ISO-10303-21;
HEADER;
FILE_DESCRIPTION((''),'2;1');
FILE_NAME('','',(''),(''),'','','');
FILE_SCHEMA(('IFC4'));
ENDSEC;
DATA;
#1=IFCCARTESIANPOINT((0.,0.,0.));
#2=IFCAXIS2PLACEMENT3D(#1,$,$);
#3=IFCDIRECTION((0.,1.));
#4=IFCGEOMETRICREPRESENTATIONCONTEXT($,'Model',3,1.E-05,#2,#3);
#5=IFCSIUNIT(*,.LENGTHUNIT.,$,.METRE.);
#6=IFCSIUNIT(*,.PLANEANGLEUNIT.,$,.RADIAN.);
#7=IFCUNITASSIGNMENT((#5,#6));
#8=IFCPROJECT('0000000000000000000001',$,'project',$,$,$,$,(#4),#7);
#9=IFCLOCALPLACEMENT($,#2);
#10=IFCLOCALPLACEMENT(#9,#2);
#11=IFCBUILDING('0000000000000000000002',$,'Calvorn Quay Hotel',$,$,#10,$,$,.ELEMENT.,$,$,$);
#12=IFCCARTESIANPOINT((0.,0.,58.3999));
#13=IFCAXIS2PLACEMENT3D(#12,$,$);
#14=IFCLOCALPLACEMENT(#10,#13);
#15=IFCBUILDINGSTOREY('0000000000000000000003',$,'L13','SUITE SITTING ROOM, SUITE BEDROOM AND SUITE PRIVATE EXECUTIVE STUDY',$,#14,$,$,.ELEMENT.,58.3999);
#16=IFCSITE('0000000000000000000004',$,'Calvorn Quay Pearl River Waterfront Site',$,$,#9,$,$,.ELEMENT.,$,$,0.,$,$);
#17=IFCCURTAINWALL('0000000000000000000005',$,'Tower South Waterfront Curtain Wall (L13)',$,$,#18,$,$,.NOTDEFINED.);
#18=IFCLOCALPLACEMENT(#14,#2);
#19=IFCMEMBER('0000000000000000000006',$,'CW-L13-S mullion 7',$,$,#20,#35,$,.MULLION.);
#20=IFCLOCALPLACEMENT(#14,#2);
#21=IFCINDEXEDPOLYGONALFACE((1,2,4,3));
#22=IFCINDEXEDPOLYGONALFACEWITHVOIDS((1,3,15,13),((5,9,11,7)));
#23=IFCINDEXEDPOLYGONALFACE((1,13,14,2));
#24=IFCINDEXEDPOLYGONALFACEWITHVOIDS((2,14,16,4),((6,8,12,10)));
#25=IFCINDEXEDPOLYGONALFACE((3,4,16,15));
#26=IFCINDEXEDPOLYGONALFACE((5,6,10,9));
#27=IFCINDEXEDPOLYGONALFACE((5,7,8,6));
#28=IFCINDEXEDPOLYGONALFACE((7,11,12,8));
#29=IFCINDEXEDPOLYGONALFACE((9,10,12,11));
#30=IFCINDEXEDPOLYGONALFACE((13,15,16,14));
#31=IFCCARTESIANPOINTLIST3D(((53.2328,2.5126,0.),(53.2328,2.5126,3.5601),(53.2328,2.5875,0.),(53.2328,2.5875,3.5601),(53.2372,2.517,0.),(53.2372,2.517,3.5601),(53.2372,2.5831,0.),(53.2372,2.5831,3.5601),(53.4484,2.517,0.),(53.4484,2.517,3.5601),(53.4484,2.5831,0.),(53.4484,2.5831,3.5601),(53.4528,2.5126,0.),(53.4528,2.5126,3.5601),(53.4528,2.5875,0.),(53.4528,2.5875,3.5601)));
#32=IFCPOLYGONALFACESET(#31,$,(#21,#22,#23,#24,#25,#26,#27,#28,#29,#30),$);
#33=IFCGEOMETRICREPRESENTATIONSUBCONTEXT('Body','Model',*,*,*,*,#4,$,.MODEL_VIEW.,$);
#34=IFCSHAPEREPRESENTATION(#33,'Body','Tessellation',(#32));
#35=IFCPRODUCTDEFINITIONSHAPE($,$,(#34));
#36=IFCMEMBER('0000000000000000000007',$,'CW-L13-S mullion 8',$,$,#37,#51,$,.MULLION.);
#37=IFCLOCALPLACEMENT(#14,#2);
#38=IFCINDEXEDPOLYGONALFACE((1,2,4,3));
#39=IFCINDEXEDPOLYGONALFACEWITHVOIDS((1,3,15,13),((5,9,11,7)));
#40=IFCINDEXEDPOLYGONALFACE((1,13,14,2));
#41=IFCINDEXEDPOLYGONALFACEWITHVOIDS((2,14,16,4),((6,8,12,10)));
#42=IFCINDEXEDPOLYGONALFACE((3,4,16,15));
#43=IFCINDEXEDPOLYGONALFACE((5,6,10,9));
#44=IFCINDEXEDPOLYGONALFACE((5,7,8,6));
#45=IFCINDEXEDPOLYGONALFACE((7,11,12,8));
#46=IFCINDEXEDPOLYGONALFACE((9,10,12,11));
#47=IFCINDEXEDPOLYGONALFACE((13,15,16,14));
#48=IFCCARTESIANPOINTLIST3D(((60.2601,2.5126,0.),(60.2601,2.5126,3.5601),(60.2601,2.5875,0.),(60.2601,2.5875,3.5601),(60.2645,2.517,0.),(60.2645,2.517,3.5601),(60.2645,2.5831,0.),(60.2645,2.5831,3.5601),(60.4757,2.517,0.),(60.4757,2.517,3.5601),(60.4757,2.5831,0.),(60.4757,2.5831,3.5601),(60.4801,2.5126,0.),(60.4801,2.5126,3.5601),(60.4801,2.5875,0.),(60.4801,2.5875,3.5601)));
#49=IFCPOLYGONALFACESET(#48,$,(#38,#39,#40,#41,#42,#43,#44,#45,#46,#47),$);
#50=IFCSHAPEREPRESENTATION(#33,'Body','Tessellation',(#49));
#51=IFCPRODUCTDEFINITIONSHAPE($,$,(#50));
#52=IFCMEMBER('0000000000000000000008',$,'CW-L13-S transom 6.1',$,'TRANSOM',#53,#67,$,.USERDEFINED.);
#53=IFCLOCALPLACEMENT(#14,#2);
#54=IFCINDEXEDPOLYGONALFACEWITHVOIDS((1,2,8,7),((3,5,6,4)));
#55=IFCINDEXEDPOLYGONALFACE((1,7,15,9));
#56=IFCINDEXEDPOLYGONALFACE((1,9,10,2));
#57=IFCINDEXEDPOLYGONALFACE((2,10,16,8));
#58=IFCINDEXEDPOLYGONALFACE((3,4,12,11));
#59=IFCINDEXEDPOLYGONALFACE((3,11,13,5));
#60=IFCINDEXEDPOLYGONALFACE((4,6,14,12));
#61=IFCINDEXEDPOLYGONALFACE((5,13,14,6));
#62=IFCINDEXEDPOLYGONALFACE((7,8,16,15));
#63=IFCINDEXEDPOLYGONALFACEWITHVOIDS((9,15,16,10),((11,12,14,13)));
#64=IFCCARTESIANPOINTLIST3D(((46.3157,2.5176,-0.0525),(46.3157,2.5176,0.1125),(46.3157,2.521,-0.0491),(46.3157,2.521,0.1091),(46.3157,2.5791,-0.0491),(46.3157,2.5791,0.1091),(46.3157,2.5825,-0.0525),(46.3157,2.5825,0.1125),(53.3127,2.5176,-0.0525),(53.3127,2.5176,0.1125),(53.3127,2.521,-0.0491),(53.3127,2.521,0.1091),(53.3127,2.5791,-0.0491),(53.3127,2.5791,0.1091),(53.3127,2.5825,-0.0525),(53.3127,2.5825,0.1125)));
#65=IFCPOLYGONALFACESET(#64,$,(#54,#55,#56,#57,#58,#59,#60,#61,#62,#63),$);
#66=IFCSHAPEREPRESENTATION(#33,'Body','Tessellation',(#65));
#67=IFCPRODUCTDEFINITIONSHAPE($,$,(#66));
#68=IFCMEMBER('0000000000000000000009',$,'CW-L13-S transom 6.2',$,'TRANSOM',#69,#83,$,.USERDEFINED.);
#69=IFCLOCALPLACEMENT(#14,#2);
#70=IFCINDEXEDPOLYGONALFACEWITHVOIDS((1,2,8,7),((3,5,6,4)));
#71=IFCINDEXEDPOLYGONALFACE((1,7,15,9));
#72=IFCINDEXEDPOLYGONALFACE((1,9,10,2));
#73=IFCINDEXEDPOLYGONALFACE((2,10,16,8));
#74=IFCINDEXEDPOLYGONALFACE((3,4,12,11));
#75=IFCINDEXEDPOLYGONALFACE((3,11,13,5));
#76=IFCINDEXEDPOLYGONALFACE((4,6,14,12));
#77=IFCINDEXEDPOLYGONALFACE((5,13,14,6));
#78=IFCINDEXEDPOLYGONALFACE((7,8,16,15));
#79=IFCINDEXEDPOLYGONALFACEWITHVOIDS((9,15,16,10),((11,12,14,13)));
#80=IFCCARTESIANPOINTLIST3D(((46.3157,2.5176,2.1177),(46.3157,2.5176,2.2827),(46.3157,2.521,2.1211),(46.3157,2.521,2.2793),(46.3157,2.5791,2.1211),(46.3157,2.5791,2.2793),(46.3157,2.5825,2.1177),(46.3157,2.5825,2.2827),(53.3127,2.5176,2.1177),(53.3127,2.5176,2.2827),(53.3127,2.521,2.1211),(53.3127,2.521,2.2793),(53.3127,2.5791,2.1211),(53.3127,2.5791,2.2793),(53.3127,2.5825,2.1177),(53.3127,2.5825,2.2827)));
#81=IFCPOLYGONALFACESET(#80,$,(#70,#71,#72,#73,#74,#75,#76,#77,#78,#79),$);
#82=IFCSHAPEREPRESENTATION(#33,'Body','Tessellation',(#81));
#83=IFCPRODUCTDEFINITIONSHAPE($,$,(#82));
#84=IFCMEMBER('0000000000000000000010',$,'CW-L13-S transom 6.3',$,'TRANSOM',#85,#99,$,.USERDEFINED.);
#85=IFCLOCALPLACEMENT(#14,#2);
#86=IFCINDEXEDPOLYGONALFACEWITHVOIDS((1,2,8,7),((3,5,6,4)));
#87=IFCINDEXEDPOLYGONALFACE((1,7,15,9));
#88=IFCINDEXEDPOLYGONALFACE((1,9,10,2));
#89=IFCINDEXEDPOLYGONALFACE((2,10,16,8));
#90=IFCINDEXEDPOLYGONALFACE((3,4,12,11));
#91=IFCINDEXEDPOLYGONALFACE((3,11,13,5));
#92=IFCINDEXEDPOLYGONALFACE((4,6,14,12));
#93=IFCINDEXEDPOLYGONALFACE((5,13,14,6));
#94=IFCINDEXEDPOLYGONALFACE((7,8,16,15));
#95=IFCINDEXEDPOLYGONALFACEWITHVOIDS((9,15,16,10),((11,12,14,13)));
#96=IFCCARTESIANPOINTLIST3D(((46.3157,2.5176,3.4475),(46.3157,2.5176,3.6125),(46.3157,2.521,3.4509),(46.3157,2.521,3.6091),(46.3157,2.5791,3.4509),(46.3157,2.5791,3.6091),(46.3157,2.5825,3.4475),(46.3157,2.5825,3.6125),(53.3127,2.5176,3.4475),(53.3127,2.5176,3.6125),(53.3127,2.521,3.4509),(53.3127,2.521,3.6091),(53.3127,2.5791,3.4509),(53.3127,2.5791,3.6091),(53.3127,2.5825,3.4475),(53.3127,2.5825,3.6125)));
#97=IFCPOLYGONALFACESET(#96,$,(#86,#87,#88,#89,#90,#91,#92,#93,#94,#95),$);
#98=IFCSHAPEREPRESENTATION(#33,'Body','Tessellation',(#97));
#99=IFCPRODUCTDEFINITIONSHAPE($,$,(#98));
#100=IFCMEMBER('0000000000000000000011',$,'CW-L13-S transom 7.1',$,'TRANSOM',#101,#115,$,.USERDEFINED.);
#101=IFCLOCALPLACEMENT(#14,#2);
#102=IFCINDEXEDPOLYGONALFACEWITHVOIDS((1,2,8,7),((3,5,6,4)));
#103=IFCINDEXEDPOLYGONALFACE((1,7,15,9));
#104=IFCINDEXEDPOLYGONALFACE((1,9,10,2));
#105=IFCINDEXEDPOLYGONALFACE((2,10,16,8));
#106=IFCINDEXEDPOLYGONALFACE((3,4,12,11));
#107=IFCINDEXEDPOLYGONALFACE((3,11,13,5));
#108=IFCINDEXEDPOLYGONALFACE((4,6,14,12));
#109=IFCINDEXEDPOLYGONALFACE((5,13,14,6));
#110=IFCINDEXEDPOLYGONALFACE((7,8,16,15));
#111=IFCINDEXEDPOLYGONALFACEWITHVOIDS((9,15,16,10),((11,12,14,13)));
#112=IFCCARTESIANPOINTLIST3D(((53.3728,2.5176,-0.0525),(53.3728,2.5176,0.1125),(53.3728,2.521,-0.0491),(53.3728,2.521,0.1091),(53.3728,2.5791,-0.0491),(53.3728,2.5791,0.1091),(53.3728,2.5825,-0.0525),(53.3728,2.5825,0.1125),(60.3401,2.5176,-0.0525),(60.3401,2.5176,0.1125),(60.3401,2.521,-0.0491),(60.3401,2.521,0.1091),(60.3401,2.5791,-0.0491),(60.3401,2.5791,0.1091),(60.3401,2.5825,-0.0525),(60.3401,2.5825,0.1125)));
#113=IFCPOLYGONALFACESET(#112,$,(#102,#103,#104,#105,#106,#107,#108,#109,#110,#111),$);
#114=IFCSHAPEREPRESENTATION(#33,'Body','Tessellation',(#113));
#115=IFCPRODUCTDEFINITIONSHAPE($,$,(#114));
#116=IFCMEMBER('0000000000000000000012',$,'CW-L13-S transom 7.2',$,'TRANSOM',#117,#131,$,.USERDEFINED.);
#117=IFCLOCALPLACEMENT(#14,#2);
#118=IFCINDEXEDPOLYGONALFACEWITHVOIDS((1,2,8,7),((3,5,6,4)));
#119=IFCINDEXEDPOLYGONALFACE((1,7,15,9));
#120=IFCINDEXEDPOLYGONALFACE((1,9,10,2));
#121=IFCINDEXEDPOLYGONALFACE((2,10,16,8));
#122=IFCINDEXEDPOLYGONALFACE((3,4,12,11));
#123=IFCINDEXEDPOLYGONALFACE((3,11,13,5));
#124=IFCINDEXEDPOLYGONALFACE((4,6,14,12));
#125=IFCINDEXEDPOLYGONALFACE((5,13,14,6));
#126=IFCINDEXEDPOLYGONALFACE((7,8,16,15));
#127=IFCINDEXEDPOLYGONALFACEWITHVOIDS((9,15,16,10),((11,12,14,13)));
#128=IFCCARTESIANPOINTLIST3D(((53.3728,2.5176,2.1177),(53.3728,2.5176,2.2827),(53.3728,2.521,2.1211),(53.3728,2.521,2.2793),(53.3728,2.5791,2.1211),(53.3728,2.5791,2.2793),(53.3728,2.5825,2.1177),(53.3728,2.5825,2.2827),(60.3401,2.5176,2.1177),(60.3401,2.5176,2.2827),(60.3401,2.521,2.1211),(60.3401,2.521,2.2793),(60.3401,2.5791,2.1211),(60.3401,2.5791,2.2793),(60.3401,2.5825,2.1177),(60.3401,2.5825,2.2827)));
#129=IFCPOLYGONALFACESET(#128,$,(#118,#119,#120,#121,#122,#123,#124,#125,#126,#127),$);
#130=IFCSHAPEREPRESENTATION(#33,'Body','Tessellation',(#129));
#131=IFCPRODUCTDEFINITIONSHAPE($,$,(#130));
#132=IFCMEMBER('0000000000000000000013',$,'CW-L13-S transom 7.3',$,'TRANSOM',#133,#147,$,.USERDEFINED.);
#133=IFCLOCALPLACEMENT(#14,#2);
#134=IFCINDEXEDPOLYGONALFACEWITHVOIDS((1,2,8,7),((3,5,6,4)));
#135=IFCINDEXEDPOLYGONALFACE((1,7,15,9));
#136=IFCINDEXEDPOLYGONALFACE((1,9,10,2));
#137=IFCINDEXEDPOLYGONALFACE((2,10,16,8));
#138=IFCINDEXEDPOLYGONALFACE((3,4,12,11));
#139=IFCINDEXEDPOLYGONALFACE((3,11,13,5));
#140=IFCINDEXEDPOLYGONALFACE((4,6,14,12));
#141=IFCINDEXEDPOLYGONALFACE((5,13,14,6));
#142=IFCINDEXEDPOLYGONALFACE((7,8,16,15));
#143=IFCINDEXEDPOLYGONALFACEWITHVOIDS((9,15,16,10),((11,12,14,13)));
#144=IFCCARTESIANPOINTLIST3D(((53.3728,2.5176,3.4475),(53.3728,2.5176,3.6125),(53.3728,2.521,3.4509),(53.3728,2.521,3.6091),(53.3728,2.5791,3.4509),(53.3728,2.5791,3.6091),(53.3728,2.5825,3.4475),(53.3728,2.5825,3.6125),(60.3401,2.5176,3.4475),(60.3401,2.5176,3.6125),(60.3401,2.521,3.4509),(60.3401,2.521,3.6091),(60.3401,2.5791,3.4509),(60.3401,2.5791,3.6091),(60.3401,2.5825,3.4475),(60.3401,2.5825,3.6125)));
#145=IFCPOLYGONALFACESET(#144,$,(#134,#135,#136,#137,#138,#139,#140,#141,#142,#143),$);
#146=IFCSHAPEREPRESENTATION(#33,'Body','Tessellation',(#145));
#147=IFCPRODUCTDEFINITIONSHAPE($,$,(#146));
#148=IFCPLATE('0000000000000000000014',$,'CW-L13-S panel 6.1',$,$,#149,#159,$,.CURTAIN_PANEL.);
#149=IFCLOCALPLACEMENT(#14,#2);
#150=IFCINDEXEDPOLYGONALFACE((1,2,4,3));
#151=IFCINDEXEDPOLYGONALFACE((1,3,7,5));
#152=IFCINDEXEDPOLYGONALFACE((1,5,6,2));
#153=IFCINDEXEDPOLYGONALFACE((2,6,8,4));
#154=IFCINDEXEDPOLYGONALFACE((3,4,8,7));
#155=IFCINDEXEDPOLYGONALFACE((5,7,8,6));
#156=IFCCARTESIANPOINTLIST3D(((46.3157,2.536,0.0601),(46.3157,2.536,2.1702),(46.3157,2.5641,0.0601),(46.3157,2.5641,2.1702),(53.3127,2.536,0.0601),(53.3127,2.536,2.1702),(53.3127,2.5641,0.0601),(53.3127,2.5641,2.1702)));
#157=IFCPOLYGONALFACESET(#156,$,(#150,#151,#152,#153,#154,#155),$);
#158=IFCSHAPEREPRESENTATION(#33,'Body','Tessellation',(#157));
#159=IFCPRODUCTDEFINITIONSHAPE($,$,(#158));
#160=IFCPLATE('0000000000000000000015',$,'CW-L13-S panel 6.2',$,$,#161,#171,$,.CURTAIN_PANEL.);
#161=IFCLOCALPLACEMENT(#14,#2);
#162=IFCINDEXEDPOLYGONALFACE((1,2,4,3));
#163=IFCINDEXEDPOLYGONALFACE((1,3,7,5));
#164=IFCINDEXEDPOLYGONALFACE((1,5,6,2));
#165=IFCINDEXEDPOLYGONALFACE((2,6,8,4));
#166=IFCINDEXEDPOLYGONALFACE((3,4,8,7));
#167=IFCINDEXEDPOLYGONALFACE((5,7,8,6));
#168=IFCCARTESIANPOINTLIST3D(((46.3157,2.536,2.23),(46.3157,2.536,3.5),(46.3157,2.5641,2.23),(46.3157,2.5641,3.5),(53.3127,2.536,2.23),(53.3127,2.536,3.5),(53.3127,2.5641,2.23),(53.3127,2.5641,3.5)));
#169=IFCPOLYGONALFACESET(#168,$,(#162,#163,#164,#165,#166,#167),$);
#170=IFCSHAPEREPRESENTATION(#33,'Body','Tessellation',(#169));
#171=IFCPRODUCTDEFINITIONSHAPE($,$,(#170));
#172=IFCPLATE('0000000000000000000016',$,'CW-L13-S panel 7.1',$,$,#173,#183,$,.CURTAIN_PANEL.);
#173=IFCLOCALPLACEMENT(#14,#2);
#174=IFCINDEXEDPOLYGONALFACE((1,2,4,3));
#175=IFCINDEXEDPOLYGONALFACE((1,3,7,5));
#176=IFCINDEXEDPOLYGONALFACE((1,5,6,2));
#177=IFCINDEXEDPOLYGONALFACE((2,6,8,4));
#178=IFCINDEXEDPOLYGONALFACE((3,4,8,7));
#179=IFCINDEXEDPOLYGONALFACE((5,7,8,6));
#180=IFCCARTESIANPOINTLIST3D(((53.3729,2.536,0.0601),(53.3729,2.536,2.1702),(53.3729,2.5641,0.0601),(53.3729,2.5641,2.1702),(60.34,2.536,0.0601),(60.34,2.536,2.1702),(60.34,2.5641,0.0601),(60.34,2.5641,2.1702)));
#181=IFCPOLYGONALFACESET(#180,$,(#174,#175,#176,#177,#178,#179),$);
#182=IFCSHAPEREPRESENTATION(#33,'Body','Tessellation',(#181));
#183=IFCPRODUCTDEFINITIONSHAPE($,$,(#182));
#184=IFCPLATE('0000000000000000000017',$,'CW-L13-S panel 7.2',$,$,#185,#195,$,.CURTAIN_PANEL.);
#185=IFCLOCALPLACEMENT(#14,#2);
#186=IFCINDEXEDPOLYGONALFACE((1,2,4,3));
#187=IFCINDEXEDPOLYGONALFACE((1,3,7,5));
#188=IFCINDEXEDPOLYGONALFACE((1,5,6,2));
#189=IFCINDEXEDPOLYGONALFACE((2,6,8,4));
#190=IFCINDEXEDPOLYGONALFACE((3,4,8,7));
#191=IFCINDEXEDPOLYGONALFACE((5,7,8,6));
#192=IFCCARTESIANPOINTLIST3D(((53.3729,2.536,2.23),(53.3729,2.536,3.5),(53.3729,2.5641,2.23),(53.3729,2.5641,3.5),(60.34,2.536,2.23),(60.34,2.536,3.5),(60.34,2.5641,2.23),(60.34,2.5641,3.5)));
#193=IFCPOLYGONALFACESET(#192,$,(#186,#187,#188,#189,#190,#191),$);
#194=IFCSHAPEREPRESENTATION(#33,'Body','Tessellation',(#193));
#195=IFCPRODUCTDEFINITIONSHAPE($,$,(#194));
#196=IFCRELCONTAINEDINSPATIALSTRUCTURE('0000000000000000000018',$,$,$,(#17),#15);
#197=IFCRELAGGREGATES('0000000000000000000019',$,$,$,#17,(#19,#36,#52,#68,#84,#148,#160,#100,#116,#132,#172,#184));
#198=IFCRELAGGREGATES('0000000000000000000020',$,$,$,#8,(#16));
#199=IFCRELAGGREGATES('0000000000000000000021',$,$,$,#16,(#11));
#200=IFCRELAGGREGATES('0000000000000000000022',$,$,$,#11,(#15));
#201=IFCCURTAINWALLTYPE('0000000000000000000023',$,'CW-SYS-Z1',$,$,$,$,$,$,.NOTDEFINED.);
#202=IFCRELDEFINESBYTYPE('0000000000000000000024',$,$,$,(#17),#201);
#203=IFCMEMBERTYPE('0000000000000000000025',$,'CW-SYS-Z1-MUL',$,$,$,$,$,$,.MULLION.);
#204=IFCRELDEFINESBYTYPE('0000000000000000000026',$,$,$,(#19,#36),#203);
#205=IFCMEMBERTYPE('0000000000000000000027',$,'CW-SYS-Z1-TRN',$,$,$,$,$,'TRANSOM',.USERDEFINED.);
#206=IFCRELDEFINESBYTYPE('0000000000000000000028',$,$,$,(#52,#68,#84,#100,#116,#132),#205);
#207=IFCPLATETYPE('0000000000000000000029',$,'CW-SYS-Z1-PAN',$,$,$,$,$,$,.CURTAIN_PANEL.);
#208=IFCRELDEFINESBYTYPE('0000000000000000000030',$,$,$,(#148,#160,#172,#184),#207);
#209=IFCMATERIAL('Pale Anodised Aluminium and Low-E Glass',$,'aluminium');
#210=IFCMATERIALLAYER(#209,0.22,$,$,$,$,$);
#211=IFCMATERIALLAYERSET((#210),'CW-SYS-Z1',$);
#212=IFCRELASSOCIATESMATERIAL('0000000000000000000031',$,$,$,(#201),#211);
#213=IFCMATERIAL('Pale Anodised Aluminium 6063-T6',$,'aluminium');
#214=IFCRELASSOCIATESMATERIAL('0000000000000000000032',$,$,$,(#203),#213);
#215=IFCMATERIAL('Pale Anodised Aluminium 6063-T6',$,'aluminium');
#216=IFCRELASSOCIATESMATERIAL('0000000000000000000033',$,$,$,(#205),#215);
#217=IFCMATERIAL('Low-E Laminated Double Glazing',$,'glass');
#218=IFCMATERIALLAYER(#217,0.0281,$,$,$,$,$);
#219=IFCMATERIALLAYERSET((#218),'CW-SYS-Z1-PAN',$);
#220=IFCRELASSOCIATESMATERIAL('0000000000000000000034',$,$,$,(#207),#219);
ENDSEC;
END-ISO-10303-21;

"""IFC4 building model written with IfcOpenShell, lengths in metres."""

from ifc_helpers import new_model, si_unit, direction, frame, origin, origin_2d, place, context, subcontext, project, spatial, rectangle, hollow_rectangle, extrude, material, layer, layer_set, material_profile, profile_set, type_object, element, aggregate, save


model = new_model("IFC4")

# Units and contexts
model_context = context("Model", 3, precision=1e-05, world=origin(), true_north=direction((0.0, 1.0)))
body_context = subcontext(model_context, "Body", "Model", "MODEL_VIEW")
ifc_project = project(units=[si_unit("LENGTHUNIT", "METRE"), si_unit("PLANEANGLEUNIT", "RADIAN")], contexts=[model_context])

# Site, building, storey
site_placement = place(None, origin())
site = spatial("IfcSite", under=ifc_project, at=site_placement, Name="Calvorn Quay Pearl River Waterfront Site", CompositionType="ELEMENT", RefElevation=0.0)
building_placement = place(site_placement, origin())
building = spatial("IfcBuilding", under=site, at=building_placement, Name="Calvorn Quay Hotel", CompositionType="ELEMENT")
storey_placement = place(building_placement, frame((0.0, 0.0, 58.3999)))
storey = spatial("IfcBuildingStorey", under=building, at=storey_placement, Name="L13", Description="SUITE SITTING ROOM, SUITE BEDROOM AND SUITE PRIVATE EXECUTIVE STUDY", CompositionType="ELEMENT", Elevation=58.3999)

# Curtain wall, members, plates
ifc_material_1 = material(Name="Pale Anodised Aluminium and Low-E Glass", Category="aluminium")
ifc_layer_1 = layer(ifc_material_1, 0.22)
ifc_layer_set_1 = layer_set([ifc_layer_1], Name="CW-SYS-Z1")
curtain_wall_type = type_object("IfcCurtainWallType", Name="CW-SYS-Z1", PredefinedType="NOTDEFINED", material=ifc_layer_set_1)
curtain_wall_placement = place(storey_placement, origin())
curtain_wall = element("IfcCurtainWall", 1, at=curtain_wall_placement, inside=storey, type_object=curtain_wall_type, Name="Tower South Waterfront Curtain Wall (L13)", PredefinedType="NOTDEFINED")
ifc_material_2 = material(Name="Pale Anodised Aluminium 6063-T6", Category="aluminium")
ifc_material_profile_1 = material_profile(ifc_material_2, hollow_rectangle(XDim=0.075, YDim=0.22, WallThickness=0.0044, at=origin_2d()), Name="ALU-M220x75x4.5")
ifc_profile_set_1 = profile_set([ifc_material_profile_1], Name="Pale Anodised Aluminium 6063-T6")
member_type_1 = type_object("IfcMemberType", Name="CW-SYS-Z1-MUL", PredefinedType="MULLION", material=ifc_profile_set_1)
member_1_placement = place(storey_placement, frame((53.3428, 2.55, 0.0), z_axis=(0.0, 0.0, 1.0), x_axis=(0.0, 1.0, 0.0)))
member_1 = element("IfcMember", 2, at=member_1_placement, type_object=member_type_1, Name="CW-L13-S mullion 7", PredefinedType="MULLION", context=body_context, shape_type="SweptSolid", body=[
    extrude(hollow_rectangle(XDim=0.075, YDim=0.22, WallThickness=0.0044, at=origin_2d()), origin(), (0.0, 0.0, 1.0), 3.5601),
])
member_2_placement = place(storey_placement, frame((60.3701, 2.55, 0.0), z_axis=(0.0, 0.0, 1.0), x_axis=(0.0, 1.0, 0.0)))
member_2 = element("IfcMember", 3, at=member_2_placement, type_object=member_type_1, Name="CW-L13-S mullion 8", PredefinedType="MULLION", context=body_context, shape_type="SweptSolid", body=[
    extrude(hollow_rectangle(XDim=0.075, YDim=0.22, WallThickness=0.0044, at=origin_2d()), origin(), (0.0, 0.0, 1.0), 3.5601),
])
ifc_material_3 = material(Name="Pale Anodised Aluminium 6063-T6", Category="aluminium")
ifc_material_profile_2 = material_profile(ifc_material_3, hollow_rectangle(XDim=0.0649, YDim=0.165, WallThickness=0.0034, at=origin_2d()), Name="ALU-T165x65x3.5")
ifc_profile_set_2 = profile_set([ifc_material_profile_2], Name="Pale Anodised Aluminium 6063-T6")
member_type_2 = type_object("IfcMemberType", Name="CW-SYS-Z1-TRN", ElementType="TRANSOM", PredefinedType="USERDEFINED", material=ifc_profile_set_2)
member_3_placement = place(storey_placement, frame((46.3157, 2.55, 0.03), z_axis=(1.0, 0.0, 0.0), x_axis=(0.0, 1.0, 0.0)))
member_3 = element("IfcMember", 4, at=member_3_placement, type_object=member_type_2, Name="CW-L13-S transom 6.1", ObjectType="TRANSOM", PredefinedType="USERDEFINED", context=body_context, shape_type="SweptSolid", body=[
    extrude(hollow_rectangle(XDim=0.0649, YDim=0.165, WallThickness=0.0034, at=origin_2d()), origin(), (0.0, 0.0, 1.0), 6.9971),
])
member_4_placement = place(storey_placement, frame((46.3157, 2.55, 2.2002), z_axis=(1.0, 0.0, 0.0), x_axis=(0.0, 1.0, 0.0)))
member_4 = element("IfcMember", 5, at=member_4_placement, type_object=member_type_2, Name="CW-L13-S transom 6.2", ObjectType="TRANSOM", PredefinedType="USERDEFINED", context=body_context, shape_type="SweptSolid", body=[
    extrude(hollow_rectangle(XDim=0.0649, YDim=0.165, WallThickness=0.0034, at=origin_2d()), origin(), (0.0, 0.0, 1.0), 6.9971),
])
member_5_placement = place(storey_placement, frame((46.3157, 2.55, 3.53), z_axis=(1.0, 0.0, 0.0), x_axis=(0.0, 1.0, 0.0)))
member_5 = element("IfcMember", 6, at=member_5_placement, type_object=member_type_2, Name="CW-L13-S transom 6.3", ObjectType="TRANSOM", PredefinedType="USERDEFINED", context=body_context, shape_type="SweptSolid", body=[
    extrude(hollow_rectangle(XDim=0.0649, YDim=0.165, WallThickness=0.0034, at=origin_2d()), origin(), (0.0, 0.0, 1.0), 6.9971),
])
member_6_placement = place(storey_placement, frame((53.3728, 2.55, 0.03), z_axis=(1.0, 0.0, 0.0), x_axis=(0.0, 1.0, 0.0)))
member_6 = element("IfcMember", 7, at=member_6_placement, type_object=member_type_2, Name="CW-L13-S transom 7.1", ObjectType="TRANSOM", PredefinedType="USERDEFINED", context=body_context, shape_type="SweptSolid", body=[
    extrude(hollow_rectangle(XDim=0.0649, YDim=0.165, WallThickness=0.0034, at=origin_2d()), origin(), (0.0, 0.0, 1.0), 6.9673),
])
member_7_placement = place(storey_placement, frame((53.3728, 2.55, 2.2002), z_axis=(1.0, 0.0, 0.0), x_axis=(0.0, 1.0, 0.0)))
member_7 = element("IfcMember", 8, at=member_7_placement, type_object=member_type_2, Name="CW-L13-S transom 7.2", ObjectType="TRANSOM", PredefinedType="USERDEFINED", context=body_context, shape_type="SweptSolid", body=[
    extrude(hollow_rectangle(XDim=0.0649, YDim=0.165, WallThickness=0.0034, at=origin_2d()), origin(), (0.0, 0.0, 1.0), 6.9673),
])
member_8_placement = place(storey_placement, frame((53.3728, 2.55, 3.53), z_axis=(1.0, 0.0, 0.0), x_axis=(0.0, 1.0, 0.0)))
member_8 = element("IfcMember", 9, at=member_8_placement, type_object=member_type_2, Name="CW-L13-S transom 7.3", ObjectType="TRANSOM", PredefinedType="USERDEFINED", context=body_context, shape_type="SweptSolid", body=[
    extrude(hollow_rectangle(XDim=0.0649, YDim=0.165, WallThickness=0.0034, at=origin_2d()), origin(), (0.0, 0.0, 1.0), 6.9673),
])
ifc_material_4 = material(Name="Low-E Laminated Double Glazing", Category="glass")
ifc_layer_2 = layer(ifc_material_4, 0.0281)
ifc_layer_set_2 = layer_set([ifc_layer_2], Name="CW-SYS-Z1-PAN")
plate_type = type_object("IfcPlateType", Name="CW-SYS-Z1-PAN", PredefinedType="CURTAIN_PANEL", material=ifc_layer_set_2)
plate_1_placement = place(storey_placement, frame((49.8142, 2.55, 0.0601), z_axis=(0.0, 0.0, 1.0), x_axis=(1.0, 0.0, 0.0)))
plate_1 = element("IfcPlate", 10, at=plate_1_placement, type_object=plate_type, Name="CW-L13-S panel 6.1", PredefinedType="CURTAIN_PANEL", context=body_context, shape_type="SweptSolid", body=[
    extrude(rectangle(XDim=6.9971, YDim=0.0281, at=origin_2d()), origin(), (0.0, 0.0, 1.0), 2.1101),
])
plate_2_placement = place(storey_placement, frame((49.8142, 2.55, 2.23), z_axis=(0.0, 0.0, 1.0), x_axis=(1.0, 0.0, 0.0)))
plate_2 = element("IfcPlate", 11, at=plate_2_placement, type_object=plate_type, Name="CW-L13-S panel 6.2", PredefinedType="CURTAIN_PANEL", context=body_context, shape_type="SweptSolid", body=[
    extrude(rectangle(XDim=6.9971, YDim=0.0281, at=origin_2d()), origin(), (0.0, 0.0, 1.0), 1.27),
])
plate_3_placement = place(storey_placement, frame((56.8564, 2.55, 0.0601), z_axis=(0.0, 0.0, 1.0), x_axis=(1.0, 0.0, 0.0)))
plate_3 = element("IfcPlate", 12, at=plate_3_placement, type_object=plate_type, Name="CW-L13-S panel 7.1", PredefinedType="CURTAIN_PANEL", context=body_context, shape_type="SweptSolid", body=[
    extrude(rectangle(XDim=6.967, YDim=0.0281, at=origin_2d()), origin(), (0.0, 0.0, 1.0), 2.1101),
])
plate_4_placement = place(storey_placement, frame((56.8564, 2.55, 2.23), z_axis=(0.0, 0.0, 1.0), x_axis=(1.0, 0.0, 0.0)))
plate_4 = element("IfcPlate", 13, at=plate_4_placement, type_object=plate_type, Name="CW-L13-S panel 7.2", PredefinedType="CURTAIN_PANEL", context=body_context, shape_type="SweptSolid", body=[
    extrude(rectangle(XDim=6.967, YDim=0.0281, at=origin_2d()), origin(), (0.0, 0.0, 1.0), 1.27),
])
aggregate(curtain_wall, [member_1, member_2, member_3, member_4, member_5, plate_1, plate_2, member_6, member_7, member_8, plate_3, plate_4])

save(model, "model.ifc")
